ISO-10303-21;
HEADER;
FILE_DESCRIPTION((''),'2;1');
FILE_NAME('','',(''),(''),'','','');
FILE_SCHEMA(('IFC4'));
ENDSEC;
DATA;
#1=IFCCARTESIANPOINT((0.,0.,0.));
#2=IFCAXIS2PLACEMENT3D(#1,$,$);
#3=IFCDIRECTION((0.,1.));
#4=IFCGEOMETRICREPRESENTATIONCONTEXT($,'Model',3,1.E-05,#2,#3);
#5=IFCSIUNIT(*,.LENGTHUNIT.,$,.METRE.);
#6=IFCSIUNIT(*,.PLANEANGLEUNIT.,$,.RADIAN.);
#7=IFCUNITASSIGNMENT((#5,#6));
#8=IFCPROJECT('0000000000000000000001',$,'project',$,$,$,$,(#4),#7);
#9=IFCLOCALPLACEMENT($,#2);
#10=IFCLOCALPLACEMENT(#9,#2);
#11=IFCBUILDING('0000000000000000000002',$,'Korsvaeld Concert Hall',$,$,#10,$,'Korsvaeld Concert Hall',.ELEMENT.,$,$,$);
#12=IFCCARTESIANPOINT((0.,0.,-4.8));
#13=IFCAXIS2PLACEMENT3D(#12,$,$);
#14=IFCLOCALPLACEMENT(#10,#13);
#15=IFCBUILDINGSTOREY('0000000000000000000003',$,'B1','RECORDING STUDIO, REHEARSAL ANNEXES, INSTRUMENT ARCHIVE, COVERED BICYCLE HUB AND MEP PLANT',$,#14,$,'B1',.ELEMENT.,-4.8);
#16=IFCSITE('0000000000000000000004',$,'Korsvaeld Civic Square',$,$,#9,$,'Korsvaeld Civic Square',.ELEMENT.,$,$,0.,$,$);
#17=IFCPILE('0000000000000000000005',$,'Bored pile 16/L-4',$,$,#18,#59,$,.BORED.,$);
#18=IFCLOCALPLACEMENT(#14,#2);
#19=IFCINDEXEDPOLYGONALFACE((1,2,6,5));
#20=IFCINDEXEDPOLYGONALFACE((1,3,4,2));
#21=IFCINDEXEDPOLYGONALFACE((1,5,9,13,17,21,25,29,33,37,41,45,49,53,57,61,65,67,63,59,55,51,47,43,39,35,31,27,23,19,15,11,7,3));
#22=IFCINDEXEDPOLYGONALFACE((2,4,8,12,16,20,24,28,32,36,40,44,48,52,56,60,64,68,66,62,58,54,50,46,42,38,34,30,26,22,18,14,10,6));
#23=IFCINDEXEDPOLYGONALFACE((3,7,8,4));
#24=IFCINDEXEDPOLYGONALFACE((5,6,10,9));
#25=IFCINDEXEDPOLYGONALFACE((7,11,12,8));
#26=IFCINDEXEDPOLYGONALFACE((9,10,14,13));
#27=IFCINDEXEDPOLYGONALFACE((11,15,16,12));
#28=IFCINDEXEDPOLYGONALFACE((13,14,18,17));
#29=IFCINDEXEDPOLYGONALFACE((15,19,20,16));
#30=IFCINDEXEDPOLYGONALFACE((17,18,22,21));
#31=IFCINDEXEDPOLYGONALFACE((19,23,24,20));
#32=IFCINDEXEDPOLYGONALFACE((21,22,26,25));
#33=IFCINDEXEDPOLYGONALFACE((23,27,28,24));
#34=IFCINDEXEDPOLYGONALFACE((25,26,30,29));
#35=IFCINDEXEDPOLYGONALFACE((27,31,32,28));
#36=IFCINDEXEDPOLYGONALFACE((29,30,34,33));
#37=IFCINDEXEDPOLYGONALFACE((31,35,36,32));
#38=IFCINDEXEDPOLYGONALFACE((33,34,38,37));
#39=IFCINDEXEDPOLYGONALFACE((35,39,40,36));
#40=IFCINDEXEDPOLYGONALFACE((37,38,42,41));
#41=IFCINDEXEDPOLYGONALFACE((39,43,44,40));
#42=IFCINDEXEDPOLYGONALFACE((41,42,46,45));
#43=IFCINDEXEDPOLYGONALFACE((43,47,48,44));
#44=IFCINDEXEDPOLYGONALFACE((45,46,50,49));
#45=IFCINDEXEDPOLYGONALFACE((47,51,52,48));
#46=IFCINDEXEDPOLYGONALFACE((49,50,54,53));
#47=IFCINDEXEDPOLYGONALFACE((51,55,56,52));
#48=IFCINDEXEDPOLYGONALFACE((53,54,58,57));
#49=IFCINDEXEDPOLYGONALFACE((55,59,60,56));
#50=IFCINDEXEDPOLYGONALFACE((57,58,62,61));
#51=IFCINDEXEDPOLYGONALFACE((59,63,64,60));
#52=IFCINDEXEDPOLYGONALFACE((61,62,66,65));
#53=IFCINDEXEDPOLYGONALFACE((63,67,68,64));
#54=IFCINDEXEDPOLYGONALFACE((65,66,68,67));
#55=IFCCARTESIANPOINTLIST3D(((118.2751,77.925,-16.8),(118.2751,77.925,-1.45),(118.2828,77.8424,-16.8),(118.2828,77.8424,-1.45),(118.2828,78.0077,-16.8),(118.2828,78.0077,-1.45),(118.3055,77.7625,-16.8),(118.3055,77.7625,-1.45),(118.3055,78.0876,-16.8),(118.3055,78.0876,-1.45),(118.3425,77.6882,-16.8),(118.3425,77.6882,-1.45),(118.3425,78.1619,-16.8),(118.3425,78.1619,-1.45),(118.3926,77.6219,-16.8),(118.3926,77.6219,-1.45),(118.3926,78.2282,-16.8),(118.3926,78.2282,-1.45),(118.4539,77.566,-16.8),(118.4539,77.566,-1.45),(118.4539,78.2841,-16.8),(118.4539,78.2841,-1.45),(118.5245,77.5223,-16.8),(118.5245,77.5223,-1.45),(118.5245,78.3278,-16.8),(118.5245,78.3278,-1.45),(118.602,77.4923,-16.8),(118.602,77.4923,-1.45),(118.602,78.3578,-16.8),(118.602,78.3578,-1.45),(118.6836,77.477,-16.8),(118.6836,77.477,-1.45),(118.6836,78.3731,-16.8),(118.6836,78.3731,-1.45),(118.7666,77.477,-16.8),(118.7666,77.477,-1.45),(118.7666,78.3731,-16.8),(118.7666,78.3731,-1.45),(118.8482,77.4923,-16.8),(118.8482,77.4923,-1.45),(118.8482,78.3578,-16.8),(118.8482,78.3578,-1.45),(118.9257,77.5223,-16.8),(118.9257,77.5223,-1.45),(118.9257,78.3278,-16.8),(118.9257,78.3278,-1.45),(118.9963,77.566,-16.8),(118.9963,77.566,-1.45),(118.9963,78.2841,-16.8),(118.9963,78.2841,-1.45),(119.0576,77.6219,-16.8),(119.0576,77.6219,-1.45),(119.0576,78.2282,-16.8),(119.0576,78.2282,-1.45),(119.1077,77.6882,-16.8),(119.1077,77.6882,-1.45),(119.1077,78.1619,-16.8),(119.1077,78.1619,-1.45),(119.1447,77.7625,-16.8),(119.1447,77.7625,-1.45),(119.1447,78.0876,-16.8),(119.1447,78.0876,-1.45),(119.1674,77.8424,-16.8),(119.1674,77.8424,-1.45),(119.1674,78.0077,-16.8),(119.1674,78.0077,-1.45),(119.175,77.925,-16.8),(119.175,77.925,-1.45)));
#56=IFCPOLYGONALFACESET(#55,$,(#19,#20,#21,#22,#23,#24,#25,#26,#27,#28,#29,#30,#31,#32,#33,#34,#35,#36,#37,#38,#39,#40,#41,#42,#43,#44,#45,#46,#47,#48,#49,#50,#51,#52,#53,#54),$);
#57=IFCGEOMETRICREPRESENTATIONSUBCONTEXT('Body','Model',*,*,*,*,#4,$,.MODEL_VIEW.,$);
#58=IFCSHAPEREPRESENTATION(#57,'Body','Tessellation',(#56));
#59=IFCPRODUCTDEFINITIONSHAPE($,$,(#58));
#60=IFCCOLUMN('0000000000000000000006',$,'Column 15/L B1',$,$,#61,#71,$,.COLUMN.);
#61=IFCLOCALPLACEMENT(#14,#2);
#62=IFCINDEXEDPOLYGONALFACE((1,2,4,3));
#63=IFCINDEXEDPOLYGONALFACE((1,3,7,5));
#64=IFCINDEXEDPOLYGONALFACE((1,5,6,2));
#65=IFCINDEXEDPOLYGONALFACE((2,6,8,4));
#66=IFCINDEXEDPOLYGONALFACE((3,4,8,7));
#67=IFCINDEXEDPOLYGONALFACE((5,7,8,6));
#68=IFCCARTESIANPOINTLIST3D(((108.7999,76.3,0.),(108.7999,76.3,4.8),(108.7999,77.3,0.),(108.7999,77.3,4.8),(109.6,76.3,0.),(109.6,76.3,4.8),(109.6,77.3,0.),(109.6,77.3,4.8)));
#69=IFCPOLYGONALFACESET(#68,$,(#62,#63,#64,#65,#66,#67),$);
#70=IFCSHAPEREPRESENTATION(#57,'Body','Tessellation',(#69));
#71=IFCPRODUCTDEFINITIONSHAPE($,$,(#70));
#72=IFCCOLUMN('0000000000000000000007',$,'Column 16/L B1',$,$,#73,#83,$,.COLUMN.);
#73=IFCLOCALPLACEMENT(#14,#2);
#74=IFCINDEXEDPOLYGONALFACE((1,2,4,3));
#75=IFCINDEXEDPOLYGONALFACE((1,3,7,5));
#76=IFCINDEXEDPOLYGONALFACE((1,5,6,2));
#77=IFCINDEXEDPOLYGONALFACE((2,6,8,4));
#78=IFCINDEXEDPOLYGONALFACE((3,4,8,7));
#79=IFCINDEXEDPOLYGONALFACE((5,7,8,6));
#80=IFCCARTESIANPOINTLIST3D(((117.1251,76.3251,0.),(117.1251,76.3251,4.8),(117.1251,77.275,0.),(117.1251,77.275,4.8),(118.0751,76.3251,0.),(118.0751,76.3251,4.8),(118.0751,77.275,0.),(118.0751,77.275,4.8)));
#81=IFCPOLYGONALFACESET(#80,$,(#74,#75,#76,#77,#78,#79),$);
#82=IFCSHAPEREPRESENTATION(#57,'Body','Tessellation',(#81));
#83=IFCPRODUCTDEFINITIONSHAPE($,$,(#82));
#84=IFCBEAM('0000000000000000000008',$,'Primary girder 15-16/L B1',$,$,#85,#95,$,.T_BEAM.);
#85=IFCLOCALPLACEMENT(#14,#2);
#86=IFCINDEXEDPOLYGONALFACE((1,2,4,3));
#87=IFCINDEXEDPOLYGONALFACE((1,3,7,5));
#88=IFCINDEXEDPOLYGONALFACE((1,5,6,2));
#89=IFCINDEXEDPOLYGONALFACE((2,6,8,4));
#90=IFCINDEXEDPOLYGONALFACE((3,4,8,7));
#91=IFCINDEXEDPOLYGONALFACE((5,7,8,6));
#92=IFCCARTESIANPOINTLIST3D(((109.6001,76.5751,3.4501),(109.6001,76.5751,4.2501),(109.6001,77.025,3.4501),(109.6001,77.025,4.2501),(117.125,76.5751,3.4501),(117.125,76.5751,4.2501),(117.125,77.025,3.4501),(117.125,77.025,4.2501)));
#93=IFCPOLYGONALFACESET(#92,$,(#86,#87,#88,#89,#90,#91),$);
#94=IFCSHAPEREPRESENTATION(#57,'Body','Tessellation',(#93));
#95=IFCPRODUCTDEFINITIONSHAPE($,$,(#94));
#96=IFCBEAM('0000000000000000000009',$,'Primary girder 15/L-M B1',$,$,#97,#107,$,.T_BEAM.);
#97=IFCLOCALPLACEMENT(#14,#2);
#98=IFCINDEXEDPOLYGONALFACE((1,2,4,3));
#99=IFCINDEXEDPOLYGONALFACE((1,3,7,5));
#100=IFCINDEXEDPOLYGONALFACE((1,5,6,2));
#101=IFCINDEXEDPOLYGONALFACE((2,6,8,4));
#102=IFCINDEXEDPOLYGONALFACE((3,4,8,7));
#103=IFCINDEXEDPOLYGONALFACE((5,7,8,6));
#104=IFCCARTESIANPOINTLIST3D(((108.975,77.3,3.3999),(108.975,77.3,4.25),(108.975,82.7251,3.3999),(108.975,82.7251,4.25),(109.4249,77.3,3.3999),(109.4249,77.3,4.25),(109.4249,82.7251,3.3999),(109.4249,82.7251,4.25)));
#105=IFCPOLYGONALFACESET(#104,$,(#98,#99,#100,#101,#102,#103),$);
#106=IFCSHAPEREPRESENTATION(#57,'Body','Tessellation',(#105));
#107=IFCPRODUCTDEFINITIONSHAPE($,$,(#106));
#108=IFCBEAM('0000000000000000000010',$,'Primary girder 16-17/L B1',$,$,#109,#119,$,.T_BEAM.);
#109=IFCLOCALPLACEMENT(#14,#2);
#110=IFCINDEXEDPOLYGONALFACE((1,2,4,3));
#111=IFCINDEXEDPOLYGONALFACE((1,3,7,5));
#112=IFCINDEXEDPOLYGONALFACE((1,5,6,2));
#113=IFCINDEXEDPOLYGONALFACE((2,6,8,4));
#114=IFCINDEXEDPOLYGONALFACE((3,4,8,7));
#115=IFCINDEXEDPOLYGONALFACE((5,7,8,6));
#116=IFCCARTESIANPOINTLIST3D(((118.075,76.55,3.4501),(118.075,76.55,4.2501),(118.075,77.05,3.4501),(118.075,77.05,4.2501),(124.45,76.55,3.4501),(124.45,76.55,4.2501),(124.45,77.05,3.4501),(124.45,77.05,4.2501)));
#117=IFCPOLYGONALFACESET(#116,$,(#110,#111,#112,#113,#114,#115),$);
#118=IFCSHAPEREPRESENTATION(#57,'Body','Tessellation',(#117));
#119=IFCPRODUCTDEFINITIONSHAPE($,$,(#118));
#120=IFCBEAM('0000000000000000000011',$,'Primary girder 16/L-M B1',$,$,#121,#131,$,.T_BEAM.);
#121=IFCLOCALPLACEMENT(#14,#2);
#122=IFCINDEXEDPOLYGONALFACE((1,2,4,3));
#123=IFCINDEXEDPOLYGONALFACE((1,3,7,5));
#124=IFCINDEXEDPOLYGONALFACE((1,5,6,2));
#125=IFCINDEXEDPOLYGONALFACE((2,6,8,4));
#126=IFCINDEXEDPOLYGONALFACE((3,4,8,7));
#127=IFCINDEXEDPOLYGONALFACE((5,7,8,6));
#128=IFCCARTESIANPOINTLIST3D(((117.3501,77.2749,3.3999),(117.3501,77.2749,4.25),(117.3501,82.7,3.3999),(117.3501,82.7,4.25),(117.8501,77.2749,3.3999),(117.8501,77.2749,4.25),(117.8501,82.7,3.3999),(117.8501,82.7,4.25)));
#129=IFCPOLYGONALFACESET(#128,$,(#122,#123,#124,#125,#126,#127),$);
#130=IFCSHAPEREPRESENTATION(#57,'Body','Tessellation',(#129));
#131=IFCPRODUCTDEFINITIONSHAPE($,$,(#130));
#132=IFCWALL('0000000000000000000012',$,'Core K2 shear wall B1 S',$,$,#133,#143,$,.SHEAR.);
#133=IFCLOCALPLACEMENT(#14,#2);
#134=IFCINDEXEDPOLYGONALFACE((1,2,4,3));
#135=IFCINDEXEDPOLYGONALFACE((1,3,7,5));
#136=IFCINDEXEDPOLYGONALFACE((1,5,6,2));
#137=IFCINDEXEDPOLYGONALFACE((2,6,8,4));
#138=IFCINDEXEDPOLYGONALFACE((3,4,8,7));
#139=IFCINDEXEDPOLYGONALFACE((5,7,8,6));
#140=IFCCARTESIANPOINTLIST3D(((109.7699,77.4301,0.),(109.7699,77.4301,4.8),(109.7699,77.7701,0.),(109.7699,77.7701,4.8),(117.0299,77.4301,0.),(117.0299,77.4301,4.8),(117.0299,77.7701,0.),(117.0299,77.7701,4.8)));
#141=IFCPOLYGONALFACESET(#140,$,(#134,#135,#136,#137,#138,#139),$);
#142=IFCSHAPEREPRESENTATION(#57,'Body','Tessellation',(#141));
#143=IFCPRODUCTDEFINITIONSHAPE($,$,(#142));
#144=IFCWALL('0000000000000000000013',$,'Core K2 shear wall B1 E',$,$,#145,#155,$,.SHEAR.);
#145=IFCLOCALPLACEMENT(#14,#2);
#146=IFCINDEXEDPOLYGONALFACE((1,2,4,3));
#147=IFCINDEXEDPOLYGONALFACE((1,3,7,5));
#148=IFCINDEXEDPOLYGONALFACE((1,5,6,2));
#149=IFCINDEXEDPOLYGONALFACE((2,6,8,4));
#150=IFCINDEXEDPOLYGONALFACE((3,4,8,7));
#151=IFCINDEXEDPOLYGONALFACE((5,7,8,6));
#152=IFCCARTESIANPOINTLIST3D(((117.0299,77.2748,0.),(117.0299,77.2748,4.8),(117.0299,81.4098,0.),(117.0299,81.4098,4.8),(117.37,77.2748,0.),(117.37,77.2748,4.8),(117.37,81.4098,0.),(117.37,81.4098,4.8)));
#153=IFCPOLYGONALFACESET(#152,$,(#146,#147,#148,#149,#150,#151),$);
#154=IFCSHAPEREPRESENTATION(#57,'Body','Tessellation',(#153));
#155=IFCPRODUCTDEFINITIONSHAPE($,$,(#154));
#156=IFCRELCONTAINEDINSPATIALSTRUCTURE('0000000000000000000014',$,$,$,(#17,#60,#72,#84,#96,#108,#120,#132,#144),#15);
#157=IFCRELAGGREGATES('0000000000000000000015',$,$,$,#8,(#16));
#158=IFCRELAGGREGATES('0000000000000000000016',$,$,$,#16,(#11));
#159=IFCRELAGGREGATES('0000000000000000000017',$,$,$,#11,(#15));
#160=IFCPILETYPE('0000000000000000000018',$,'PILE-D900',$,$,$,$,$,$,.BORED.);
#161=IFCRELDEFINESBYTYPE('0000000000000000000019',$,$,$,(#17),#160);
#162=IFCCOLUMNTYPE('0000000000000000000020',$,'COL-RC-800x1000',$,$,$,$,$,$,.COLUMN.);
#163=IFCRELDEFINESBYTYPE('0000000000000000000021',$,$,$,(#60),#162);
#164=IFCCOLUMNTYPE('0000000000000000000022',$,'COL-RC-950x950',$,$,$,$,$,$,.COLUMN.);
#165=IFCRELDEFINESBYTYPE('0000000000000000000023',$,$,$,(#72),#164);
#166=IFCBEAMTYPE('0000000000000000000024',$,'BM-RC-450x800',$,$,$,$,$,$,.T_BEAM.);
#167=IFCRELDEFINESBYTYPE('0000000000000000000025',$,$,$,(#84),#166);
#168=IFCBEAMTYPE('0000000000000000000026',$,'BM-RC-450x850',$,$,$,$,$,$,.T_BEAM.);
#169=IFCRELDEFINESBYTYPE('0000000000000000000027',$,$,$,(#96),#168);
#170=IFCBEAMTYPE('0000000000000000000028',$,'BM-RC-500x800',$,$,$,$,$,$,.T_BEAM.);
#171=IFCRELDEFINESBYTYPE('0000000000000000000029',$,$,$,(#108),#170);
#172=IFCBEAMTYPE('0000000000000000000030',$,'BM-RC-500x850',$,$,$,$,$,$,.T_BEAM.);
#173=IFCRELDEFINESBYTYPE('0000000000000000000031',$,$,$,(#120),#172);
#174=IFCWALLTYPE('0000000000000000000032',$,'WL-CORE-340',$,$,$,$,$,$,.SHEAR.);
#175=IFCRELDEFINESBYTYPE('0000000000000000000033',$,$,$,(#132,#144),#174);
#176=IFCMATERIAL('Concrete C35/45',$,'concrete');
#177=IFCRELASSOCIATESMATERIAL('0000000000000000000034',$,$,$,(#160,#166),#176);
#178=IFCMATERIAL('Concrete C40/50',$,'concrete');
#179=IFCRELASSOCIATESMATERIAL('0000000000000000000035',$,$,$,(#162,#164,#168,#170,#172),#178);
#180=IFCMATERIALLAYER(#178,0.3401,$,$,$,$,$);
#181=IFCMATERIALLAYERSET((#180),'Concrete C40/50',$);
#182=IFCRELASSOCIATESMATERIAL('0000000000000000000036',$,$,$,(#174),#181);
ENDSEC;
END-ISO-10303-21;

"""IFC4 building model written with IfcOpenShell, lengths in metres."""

from ifc_helpers import new_model, si_unit, direction, frame, frame_2d, origin, origin_2d, place, context, subcontext, project, spatial, rectangle, circle, extrude, material, layer, layer_set, material_profile, profile_set, type_object, element, save


model = new_model("IFC4")

# Units and contexts
model_context = context("Model", 3, precision=1e-05, world=origin(), true_north=direction((0.0, 1.0)))
body_context = subcontext(model_context, "Body", "Model", "MODEL_VIEW")
ifc_project = project(units=[si_unit("LENGTHUNIT", "METRE"), si_unit("PLANEANGLEUNIT", "RADIAN")], contexts=[model_context])

# Site, building, storey
site_placement = place(None, origin())
site = spatial("IfcSite", under=ifc_project, at=site_placement, Name="Korsvaeld Civic Square", LongName="Korsvaeld Civic Square", CompositionType="ELEMENT", RefElevation=0.0)
building_placement = place(site_placement, origin())
building = spatial("IfcBuilding", under=site, at=building_placement, Name="Korsvaeld Concert Hall", LongName="Korsvaeld Concert Hall", CompositionType="ELEMENT")
storey_placement = place(building_placement, frame((0.0, 0.0, -4.8)))
storey = spatial("IfcBuildingStorey", under=building, at=storey_placement, Name="B1", Description="RECORDING STUDIO, REHEARSAL ANNEXES, INSTRUMENT ARCHIVE, COVERED BICYCLE HUB AND MEP PLANT", LongName="B1", CompositionType="ELEMENT", Elevation=-4.8)

# Shared definitions
ifc_material_1 = material(Name="Concrete C35/45", Category="concrete")

# Pile
ifc_material_profile_1 = material_profile(ifc_material_1, circle(Radius=0.45, at=origin_2d()), Name="BORED PILE D900")
ifc_profile_set_1 = profile_set([ifc_material_profile_1], Name="Concrete C35/45")
pile_type = type_object("IfcPileType", Name="PILE-D900", PredefinedType="BORED", material=ifc_profile_set_1)
for number, where, z_axis, x_axis, name in (
    (1, (118.7251, 77.925, -1.45), (0.0, 0.0, -1.0), (1.0, 0.0, 0.0), "Bored pile 16/L-4"),
):
    element("IfcPile", number, at=place(storey_placement, frame(where, z_axis=z_axis, x_axis=x_axis)), inside=storey, type_object=pile_type, Name=name, PredefinedType="BORED", context=body_context, shape_type="SweptSolid", body=[
        extrude(circle(Radius=0.45, at=origin_2d()), origin(), (0.0, 0.0, 1.0), 15.3501),
    ])

# Columns
ifc_material_2 = material(Name="Concrete C40/50", Category="concrete")
ifc_material_profile_2 = material_profile(ifc_material_2, rectangle(XDim=0.8, YDim=1.0, at=origin_2d()), Name="RC 800x1000")
ifc_profile_set_2 = profile_set([ifc_material_profile_2], Name="Concrete C40/50")
column_type_1 = type_object("IfcColumnType", Name="COL-RC-800x1000", PredefinedType="COLUMN", material=ifc_profile_set_2)
column_1_placement = place(storey_placement, frame((109.2, 76.8, 0.0), z_axis=(0.0, 0.0, 1.0), x_axis=(1.0, 0.0, 0.0)))
element("IfcColumn", 2, at=column_1_placement, inside=storey, type_object=column_type_1, Name="Column 15/L B1", PredefinedType="COLUMN", context=body_context, shape_type="SweptSolid", body=[
    extrude(rectangle(XDim=0.8, YDim=1.0, at=origin_2d()), origin(), (0.0, 0.0, 1.0), 4.8),
])
ifc_material_profile_3 = material_profile(ifc_material_2, rectangle(XDim=0.95, YDim=0.95, at=origin_2d()), Name="RC 950x950")
ifc_profile_set_3 = profile_set([ifc_material_profile_3], Name="Concrete C40/50")
column_type_2 = type_object("IfcColumnType", Name="COL-RC-950x950", PredefinedType="COLUMN", material=ifc_profile_set_3)
column_2_placement = place(storey_placement, frame((117.6001, 76.8, 0.0), z_axis=(0.0, 0.0, 1.0), x_axis=(1.0, 0.0, 0.0)))
element("IfcColumn", 3, at=column_2_placement, inside=storey, type_object=column_type_2, Name="Column 16/L B1", PredefinedType="COLUMN", context=body_context, shape_type="SweptSolid", body=[
    extrude(rectangle(XDim=0.95, YDim=0.95, at=origin_2d()), origin(), (0.0, 0.0, 1.0), 4.8),
])

# Beams
ifc_material_profile_4 = material_profile(ifc_material_1, rectangle(XDim=0.45, YDim=0.8, at=origin_2d()), Name="RC 450x800")
ifc_profile_set_4 = profile_set([ifc_material_profile_4], Name="Concrete C35/45")
beam_type_1 = type_object("IfcBeamType", Name="BM-RC-450x800", PredefinedType="T_BEAM", material=ifc_profile_set_4)
beam_1_placement = place(storey_placement, frame((109.6001, 76.8, 3.8501), z_axis=(1.0, 0.0, 0.0), x_axis=(0.0, 1.0, 0.0)))
element("IfcBeam", 4, at=beam_1_placement, inside=storey, type_object=beam_type_1, Name="Primary girder 15-16/L B1", PredefinedType="T_BEAM", context=body_context, shape_type="SweptSolid", body=[
    extrude(rectangle(XDim=0.45, YDim=0.8, at=origin_2d()), origin(), (0.0, 0.0, 1.0), 7.5249),
])
ifc_material_profile_5 = material_profile(ifc_material_2, rectangle(XDim=0.45, YDim=0.8501, at=origin_2d()), Name="RC 450x850")
ifc_profile_set_5 = profile_set([ifc_material_profile_5], Name="Concrete C40/50")
beam_type_2 = type_object("IfcBeamType", Name="BM-RC-450x850", PredefinedType="T_BEAM", material=ifc_profile_set_5)
beam_2_placement = place(storey_placement, frame((109.2, 77.3, 3.825), z_axis=(0.0, 1.0, 0.0), x_axis=(-1.0, 0.0, 0.0)))
element("IfcBeam", 5, at=beam_2_placement, inside=storey, type_object=beam_type_2, Name="Primary girder 15/L-M B1", PredefinedType="T_BEAM", context=body_context, shape_type="SweptSolid", body=[
    extrude(rectangle(XDim=0.45, YDim=0.8501, at=origin_2d()), origin(), (0.0, 0.0, 1.0), 5.425),
])
ifc_material_profile_6 = material_profile(ifc_material_2, rectangle(XDim=0.5, YDim=0.8, at=origin_2d()), Name="RC 500x800")
ifc_profile_set_6 = profile_set([ifc_material_profile_6], Name="Concrete C40/50")
beam_type_3 = type_object("IfcBeamType", Name="BM-RC-500x800", PredefinedType="T_BEAM", material=ifc_profile_set_6)
beam_3_placement = place(storey_placement, frame((118.075, 76.8, 3.8501), z_axis=(1.0, 0.0, 0.0), x_axis=(0.0, 1.0, 0.0)))
element("IfcBeam", 6, at=beam_3_placement, inside=storey, type_object=beam_type_3, Name="Primary girder 16-17/L B1", PredefinedType="T_BEAM", context=body_context, shape_type="SweptSolid", body=[
    extrude(rectangle(XDim=0.5, YDim=0.8, at=origin_2d()), origin(), (0.0, 0.0, 1.0), 6.375),
])
ifc_material_profile_7 = material_profile(ifc_material_2, rectangle(XDim=0.5, YDim=0.8501, at=origin_2d()), Name="RC 500x850")
ifc_profile_set_7 = profile_set([ifc_material_profile_7], Name="Concrete C40/50")
beam_type_4 = type_object("IfcBeamType", Name="BM-RC-500x850", PredefinedType="T_BEAM", material=ifc_profile_set_7)
beam_4_placement = place(storey_placement, frame((117.6001, 77.2749, 3.825), z_axis=(0.0, 1.0, 0.0), x_axis=(-1.0, 0.0, 0.0)))
element("IfcBeam", 7, at=beam_4_placement, inside=storey, type_object=beam_type_4, Name="Primary girder 16/L-M B1", PredefinedType="T_BEAM", context=body_context, shape_type="SweptSolid", body=[
    extrude(rectangle(XDim=0.5, YDim=0.8501, at=origin_2d()), origin(), (0.0, 0.0, 1.0), 5.425),
])

# Walls
ifc_layer = layer(ifc_material_2, 0.3401)
ifc_layer_set = layer_set([ifc_layer], Name="Concrete C40/50")
wall_type = type_object("IfcWallType", Name="WL-CORE-340", PredefinedType="SHEAR", material=ifc_layer_set)
wall_1_placement = place(storey_placement, frame((109.77, 77.6001, 0.0), z_axis=(0.0, 0.0, 1.0), x_axis=(1.0, 0.0, 0.0)))
element("IfcWall", 8, at=wall_1_placement, inside=storey, type_object=wall_type, Name="Core K2 shear wall B1 S", PredefinedType="SHEAR", context=body_context, shape_type="SweptSolid", body=[
    extrude(rectangle(XDim=7.26, YDim=0.3401, at=frame_2d((3.6299, 0.0))), origin(), (0.0, 0.0, 1.0), 4.8),
])
wall_2_placement = place(storey_placement, frame((117.2, 77.2749, 0.0), z_axis=(0.0, 0.0, 1.0), x_axis=(0.0, 1.0, 0.0)))
element("IfcWall", 9, at=wall_2_placement, inside=storey, type_object=wall_type, Name="Core K2 shear wall B1 E", PredefinedType="SHEAR", context=body_context, shape_type="SweptSolid", body=[
    extrude(rectangle(XDim=4.135, YDim=0.3401, at=frame_2d((2.0674, 0.0))), origin(), (0.0, 0.0, 1.0), 4.8),
])

save(model, "model.ifc")
